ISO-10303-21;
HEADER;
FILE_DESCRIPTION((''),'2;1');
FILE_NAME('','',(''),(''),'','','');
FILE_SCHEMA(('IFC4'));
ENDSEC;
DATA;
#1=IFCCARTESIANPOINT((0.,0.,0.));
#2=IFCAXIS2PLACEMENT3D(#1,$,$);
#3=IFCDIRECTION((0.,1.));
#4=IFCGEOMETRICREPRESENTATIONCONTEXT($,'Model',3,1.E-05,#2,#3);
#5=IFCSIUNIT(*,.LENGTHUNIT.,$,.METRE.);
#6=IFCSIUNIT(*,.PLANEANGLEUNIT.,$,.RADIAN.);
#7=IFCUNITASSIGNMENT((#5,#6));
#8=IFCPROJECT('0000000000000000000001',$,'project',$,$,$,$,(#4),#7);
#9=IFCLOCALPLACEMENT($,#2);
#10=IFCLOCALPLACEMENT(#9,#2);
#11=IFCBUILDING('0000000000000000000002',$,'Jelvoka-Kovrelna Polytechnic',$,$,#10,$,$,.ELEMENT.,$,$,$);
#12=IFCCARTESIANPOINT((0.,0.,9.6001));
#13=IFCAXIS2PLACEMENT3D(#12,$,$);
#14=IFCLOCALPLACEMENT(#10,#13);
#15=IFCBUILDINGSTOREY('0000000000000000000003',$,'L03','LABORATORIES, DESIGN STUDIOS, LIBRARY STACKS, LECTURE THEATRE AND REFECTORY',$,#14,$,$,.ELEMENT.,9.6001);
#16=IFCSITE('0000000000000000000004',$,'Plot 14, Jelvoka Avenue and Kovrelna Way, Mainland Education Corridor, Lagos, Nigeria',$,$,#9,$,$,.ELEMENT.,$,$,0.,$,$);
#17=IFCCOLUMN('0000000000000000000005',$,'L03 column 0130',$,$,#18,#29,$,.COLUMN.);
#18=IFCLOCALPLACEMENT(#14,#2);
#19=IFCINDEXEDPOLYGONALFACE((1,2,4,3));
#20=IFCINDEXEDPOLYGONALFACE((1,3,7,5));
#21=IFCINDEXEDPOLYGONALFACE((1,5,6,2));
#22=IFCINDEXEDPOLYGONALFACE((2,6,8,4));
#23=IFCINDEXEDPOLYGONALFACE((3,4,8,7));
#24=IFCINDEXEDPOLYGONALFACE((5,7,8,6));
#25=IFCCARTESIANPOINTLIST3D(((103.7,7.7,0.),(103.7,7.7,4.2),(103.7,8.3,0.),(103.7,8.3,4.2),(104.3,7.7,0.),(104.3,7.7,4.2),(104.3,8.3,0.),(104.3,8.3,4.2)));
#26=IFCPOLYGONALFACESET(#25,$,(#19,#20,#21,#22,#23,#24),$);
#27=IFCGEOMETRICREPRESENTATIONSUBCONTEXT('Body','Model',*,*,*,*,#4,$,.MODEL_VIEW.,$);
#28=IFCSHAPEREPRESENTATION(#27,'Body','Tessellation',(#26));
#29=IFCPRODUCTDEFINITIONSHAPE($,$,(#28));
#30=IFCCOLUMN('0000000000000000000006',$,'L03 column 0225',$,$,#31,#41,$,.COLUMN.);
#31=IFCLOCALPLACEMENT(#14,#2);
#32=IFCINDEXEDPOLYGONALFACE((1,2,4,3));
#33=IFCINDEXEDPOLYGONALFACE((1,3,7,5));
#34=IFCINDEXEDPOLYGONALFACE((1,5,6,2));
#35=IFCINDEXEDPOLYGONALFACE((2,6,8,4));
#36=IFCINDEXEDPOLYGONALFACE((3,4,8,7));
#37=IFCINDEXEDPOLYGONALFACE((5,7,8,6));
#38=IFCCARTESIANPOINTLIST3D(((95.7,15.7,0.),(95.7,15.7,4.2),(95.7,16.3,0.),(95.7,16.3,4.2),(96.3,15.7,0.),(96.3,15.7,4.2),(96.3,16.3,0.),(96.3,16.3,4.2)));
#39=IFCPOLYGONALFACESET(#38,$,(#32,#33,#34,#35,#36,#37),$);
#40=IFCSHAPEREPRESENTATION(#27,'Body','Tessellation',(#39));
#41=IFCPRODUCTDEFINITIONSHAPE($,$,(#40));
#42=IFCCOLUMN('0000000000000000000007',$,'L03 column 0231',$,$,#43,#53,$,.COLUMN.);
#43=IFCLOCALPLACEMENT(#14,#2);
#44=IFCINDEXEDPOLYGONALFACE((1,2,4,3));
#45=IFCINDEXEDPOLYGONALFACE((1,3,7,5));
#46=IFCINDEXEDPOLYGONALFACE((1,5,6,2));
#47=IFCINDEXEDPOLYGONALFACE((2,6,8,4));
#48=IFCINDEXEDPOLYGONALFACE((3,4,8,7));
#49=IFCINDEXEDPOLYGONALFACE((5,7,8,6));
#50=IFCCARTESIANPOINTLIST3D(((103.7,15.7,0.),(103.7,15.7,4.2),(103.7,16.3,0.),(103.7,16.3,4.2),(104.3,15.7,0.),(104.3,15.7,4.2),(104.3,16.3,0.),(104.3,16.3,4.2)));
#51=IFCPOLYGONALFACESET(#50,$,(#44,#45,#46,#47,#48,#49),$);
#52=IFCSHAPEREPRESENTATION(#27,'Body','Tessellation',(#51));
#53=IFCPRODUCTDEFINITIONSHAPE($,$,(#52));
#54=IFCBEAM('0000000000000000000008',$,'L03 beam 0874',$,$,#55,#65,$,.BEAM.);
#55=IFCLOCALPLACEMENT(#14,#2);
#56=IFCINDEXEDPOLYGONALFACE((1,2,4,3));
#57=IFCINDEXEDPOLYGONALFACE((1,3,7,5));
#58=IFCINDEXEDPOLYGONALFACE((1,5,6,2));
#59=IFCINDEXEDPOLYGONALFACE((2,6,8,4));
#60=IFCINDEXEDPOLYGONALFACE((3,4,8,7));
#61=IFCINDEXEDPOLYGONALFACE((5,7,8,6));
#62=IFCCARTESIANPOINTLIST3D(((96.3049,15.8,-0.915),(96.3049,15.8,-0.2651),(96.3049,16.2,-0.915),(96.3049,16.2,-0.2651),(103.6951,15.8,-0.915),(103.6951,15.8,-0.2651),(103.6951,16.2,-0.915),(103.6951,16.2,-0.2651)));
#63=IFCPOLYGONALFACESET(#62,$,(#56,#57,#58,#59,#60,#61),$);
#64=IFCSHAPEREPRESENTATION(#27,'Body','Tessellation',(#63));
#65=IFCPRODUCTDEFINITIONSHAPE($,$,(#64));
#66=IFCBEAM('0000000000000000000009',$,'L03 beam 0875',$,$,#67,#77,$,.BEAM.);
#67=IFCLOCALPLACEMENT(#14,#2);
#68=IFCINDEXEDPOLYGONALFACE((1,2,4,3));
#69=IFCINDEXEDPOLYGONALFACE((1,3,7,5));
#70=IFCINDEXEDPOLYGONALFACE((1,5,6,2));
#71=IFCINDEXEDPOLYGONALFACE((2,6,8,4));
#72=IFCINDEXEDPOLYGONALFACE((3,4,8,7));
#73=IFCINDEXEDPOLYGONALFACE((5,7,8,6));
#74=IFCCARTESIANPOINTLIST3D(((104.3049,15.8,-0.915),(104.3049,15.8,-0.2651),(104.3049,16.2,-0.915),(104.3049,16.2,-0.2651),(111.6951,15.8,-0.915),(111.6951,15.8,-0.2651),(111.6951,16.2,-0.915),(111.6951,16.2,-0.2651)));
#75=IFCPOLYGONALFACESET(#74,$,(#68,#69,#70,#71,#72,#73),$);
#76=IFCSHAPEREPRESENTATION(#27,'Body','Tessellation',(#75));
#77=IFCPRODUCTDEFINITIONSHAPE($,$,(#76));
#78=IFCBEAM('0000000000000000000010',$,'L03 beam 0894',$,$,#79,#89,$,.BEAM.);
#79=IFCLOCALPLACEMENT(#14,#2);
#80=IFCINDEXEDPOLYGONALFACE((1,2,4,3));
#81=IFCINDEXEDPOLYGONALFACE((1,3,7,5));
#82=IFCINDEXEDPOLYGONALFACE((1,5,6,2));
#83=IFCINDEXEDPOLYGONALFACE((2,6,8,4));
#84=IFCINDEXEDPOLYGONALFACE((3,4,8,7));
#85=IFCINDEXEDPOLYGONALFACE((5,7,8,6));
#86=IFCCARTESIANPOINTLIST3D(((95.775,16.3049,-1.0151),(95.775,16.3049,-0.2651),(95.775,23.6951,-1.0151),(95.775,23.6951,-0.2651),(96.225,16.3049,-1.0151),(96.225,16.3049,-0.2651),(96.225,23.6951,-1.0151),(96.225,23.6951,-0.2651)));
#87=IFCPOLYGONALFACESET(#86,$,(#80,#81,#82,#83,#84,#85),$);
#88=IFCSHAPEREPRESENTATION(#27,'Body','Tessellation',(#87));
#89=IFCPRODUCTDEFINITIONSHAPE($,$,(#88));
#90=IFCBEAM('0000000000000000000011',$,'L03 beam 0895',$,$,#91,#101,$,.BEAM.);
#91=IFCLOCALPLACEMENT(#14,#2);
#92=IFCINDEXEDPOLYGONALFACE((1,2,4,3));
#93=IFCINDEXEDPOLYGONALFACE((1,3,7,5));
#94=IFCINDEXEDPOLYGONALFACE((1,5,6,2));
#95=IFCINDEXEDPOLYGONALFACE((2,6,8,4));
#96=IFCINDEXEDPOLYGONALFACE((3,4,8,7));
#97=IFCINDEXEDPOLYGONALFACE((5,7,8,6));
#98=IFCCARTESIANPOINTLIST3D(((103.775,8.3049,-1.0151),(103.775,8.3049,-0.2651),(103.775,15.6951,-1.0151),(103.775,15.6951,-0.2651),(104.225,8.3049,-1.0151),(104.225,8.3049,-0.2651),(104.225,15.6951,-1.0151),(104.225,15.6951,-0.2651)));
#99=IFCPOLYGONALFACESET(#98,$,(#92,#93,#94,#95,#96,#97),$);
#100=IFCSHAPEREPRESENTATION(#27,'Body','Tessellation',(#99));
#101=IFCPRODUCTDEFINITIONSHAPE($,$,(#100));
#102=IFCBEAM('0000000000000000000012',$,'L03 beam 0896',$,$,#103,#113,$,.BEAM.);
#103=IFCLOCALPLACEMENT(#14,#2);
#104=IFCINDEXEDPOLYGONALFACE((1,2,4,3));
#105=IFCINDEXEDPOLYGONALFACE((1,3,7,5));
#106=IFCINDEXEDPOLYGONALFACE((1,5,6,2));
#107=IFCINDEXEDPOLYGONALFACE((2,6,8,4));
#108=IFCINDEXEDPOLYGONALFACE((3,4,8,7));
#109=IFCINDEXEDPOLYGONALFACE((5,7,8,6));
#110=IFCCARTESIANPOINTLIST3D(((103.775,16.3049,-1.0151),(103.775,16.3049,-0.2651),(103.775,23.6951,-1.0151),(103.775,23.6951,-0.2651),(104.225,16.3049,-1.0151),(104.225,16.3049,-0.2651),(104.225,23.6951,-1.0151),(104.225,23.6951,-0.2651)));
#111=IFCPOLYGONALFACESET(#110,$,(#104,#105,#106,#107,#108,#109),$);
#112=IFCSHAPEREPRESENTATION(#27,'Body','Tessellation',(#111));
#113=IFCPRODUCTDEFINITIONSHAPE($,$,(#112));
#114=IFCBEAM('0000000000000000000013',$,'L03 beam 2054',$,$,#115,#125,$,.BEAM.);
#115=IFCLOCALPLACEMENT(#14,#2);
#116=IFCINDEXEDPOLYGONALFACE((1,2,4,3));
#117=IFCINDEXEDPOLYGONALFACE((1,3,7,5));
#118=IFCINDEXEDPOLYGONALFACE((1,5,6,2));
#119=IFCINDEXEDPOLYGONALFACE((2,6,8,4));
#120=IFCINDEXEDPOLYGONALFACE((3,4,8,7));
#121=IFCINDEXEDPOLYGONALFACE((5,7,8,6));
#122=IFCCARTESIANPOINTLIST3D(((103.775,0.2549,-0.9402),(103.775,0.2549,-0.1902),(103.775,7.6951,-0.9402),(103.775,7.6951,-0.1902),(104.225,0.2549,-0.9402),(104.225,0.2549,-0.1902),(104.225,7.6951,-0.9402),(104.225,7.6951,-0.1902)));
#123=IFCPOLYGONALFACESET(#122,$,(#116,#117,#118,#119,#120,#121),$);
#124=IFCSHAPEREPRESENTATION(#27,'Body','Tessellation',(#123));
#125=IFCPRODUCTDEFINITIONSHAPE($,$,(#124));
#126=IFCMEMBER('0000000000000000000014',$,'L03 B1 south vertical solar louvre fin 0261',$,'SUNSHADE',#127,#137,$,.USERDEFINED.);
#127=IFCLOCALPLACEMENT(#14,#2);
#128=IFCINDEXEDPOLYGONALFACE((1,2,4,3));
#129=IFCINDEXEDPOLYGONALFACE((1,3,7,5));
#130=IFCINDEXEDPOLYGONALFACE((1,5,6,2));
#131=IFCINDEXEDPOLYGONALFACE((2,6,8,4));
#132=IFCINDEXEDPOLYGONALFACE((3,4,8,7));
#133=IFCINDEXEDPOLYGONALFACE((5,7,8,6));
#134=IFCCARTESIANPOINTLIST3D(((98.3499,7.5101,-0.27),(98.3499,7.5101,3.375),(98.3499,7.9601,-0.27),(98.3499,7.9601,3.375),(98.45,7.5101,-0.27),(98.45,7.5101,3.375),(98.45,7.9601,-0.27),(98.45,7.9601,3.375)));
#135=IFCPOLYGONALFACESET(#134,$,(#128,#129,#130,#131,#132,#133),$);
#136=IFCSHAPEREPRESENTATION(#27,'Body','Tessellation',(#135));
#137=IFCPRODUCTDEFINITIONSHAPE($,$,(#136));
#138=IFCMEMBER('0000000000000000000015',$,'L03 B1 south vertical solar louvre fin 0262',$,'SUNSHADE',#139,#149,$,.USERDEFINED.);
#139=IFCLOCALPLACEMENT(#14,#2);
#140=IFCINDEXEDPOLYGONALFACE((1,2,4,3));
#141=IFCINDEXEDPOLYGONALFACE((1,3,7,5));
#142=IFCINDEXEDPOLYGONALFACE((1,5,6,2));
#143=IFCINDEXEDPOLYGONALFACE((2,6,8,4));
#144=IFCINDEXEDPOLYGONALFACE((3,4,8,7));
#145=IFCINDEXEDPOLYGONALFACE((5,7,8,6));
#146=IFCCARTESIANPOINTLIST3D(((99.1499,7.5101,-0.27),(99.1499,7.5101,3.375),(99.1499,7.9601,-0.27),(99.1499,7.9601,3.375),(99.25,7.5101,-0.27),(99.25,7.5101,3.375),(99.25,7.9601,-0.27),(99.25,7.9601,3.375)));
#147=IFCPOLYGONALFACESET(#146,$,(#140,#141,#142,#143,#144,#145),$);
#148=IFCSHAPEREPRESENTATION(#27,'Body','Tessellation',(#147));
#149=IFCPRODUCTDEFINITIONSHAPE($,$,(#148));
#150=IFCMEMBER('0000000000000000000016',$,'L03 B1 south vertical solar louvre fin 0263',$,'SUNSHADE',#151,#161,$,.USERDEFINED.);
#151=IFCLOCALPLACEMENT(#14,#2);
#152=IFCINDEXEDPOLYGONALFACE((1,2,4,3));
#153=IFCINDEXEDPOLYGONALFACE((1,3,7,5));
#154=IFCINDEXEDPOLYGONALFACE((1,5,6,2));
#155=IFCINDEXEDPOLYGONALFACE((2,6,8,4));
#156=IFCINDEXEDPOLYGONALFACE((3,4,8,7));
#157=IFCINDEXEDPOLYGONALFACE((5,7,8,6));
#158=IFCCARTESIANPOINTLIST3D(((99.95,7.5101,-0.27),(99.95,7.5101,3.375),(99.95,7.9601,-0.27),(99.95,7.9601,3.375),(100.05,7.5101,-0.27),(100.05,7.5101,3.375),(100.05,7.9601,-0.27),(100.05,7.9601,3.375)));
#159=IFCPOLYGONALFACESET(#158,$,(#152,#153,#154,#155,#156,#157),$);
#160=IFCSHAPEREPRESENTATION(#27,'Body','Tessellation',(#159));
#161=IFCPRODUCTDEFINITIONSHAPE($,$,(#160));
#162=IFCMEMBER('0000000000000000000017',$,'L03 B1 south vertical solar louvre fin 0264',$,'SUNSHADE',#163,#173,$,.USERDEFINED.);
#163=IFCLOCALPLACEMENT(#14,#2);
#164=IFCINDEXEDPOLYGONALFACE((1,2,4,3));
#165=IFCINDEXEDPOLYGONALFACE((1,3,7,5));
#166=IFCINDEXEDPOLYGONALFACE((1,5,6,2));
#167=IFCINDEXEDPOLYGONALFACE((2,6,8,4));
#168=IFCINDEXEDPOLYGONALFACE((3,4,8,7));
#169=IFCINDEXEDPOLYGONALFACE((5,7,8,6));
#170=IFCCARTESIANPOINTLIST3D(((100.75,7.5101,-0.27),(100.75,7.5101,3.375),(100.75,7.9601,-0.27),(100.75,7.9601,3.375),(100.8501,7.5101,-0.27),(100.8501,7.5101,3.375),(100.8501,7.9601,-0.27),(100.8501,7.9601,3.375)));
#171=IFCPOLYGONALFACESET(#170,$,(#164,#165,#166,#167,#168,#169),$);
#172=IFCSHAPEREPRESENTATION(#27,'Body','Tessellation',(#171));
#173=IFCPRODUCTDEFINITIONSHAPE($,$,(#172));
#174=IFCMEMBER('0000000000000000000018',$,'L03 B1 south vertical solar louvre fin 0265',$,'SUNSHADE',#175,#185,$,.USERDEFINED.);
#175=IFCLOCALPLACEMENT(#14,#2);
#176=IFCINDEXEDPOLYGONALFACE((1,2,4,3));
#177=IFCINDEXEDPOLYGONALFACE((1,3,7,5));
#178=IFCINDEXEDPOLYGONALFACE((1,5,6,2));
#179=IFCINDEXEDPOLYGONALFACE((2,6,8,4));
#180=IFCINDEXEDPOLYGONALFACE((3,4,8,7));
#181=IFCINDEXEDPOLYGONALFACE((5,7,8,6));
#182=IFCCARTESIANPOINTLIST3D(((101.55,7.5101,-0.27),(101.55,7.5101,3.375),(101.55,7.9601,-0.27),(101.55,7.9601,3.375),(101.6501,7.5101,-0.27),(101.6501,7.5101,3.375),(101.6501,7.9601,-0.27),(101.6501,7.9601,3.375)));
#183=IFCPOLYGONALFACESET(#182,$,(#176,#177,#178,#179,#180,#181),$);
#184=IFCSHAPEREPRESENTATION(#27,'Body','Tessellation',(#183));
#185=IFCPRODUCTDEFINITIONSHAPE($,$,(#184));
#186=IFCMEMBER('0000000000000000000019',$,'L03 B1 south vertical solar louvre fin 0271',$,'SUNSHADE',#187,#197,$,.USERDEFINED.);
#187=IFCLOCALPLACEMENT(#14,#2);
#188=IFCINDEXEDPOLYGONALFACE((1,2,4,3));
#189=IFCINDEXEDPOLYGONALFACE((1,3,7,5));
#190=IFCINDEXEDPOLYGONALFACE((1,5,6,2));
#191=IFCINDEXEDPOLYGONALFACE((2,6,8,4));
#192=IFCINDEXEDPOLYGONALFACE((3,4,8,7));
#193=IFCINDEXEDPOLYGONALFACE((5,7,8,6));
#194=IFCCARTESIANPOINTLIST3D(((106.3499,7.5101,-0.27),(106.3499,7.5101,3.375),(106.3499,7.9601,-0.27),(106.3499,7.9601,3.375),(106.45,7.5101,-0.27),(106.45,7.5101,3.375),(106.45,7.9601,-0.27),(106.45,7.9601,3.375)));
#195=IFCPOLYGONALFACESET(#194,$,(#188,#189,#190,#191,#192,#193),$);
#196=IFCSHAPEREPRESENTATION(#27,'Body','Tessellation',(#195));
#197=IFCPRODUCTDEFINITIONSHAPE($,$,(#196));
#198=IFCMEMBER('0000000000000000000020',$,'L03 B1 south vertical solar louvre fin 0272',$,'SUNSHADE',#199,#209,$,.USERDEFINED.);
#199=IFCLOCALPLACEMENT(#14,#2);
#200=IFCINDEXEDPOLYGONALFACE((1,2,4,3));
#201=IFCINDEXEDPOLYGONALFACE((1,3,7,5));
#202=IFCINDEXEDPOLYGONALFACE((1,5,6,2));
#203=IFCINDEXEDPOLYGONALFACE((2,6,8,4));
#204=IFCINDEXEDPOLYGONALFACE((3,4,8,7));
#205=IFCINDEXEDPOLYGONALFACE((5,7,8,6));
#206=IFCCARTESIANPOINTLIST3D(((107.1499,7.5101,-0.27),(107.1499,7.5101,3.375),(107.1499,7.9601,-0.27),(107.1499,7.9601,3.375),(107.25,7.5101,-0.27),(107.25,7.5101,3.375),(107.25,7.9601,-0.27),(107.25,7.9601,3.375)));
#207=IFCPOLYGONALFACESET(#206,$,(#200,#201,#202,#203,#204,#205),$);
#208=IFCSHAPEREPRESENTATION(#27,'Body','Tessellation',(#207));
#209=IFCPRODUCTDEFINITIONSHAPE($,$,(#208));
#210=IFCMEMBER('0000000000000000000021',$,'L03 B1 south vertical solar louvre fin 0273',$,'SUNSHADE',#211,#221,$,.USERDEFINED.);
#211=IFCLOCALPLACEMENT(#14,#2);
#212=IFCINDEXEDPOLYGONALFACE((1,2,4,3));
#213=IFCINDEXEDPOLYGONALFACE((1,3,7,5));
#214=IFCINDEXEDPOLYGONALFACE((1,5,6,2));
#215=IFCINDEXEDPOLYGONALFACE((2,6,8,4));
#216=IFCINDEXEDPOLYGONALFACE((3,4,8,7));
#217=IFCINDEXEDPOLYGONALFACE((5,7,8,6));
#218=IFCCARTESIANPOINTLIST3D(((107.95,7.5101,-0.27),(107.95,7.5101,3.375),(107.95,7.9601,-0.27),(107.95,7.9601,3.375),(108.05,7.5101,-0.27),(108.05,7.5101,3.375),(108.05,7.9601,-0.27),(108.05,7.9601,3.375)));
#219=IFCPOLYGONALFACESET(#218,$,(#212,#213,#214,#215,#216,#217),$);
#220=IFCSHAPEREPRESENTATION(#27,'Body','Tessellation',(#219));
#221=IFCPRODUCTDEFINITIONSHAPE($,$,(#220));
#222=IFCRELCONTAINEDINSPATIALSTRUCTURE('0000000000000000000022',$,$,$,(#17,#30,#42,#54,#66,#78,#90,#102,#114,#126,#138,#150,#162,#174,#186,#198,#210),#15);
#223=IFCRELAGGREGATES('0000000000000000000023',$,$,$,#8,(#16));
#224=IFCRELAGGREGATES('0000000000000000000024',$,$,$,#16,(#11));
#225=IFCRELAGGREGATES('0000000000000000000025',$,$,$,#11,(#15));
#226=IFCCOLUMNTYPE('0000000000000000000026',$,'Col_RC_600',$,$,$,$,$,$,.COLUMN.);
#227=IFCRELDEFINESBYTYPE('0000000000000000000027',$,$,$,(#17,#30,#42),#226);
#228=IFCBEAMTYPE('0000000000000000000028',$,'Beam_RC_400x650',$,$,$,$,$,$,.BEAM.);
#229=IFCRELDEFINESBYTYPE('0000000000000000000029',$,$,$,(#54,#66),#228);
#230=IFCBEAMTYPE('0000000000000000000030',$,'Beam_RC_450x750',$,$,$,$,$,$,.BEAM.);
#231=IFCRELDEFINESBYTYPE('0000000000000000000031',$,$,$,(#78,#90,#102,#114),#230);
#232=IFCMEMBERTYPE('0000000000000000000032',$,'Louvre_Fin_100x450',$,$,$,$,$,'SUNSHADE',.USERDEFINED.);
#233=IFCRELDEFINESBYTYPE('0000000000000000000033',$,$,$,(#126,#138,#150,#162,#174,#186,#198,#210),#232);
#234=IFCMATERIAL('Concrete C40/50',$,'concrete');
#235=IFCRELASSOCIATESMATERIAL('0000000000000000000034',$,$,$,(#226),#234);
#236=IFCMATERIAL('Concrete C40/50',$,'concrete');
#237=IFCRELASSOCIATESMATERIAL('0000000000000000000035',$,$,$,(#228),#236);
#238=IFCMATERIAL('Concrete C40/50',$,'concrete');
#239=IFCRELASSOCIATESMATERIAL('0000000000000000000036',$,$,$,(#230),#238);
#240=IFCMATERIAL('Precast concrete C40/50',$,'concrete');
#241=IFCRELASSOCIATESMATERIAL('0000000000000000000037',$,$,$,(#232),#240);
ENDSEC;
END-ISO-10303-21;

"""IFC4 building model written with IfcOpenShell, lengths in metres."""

from ifc_helpers import new_model, si_unit, direction, frame, origin, origin_2d, place, context, subcontext, project, spatial, rectangle, extrude, material, material_profile, profile_set, type_object, element, save


model = new_model("IFC4")

# Units and contexts
model_context = context("Model", 3, precision=1e-05, world=origin(), true_north=direction((0.0, 1.0)))
body_context = subcontext(model_context, "Body", "Model", "MODEL_VIEW")
ifc_project = project(units=[si_unit("LENGTHUNIT", "METRE"), si_unit("PLANEANGLEUNIT", "RADIAN")], contexts=[model_context])

# Site, building, storey
site_placement = place(None, origin())
site = spatial("IfcSite", under=ifc_project, at=site_placement, Name="Plot 14, Jelvoka Avenue and Kovrelna Way, Mainland Education Corridor, Lagos, Nigeria", CompositionType="ELEMENT", RefElevation=0.0)
building_placement = place(site_placement, origin())
building = spatial("IfcBuilding", under=site, at=building_placement, Name="Jelvoka-Kovrelna Polytechnic", CompositionType="ELEMENT")
storey_placement = place(building_placement, frame((0.0, 0.0, 9.6001)))
storey = spatial("IfcBuildingStorey", under=building, at=storey_placement, Name="L03", Description="LABORATORIES, DESIGN STUDIOS, LIBRARY STACKS, LECTURE THEATRE AND REFECTORY", CompositionType="ELEMENT", Elevation=9.6001)

# Columns
ifc_material_1 = material(Name="Concrete C40/50", Category="concrete")
ifc_material_profile_1 = material_profile(ifc_material_1, rectangle(XDim=0.6001, YDim=0.6001, at=origin_2d()), Name="RC 600x600")
ifc_profile_set_1 = profile_set([ifc_material_profile_1], Name="Concrete C40/50")
column_type = type_object("IfcColumnType", Name="Col_RC_600", PredefinedType="COLUMN", material=ifc_profile_set_1)
for number, where, z_axis, x_axis, name in (
    (1, (104.0, 8.0, 0.0), (0.0, 0.0, 1.0), (1.0, 0.0, 0.0), "L03 column 0130"),
    (2, (96.0, 16.0, 0.0), (0.0, 0.0, 1.0), (1.0, 0.0, 0.0), "L03 column 0225"),
    (3, (104.0, 16.0, 0.0), (0.0, 0.0, 1.0), (1.0, 0.0, 0.0), "L03 column 0231"),
):
    element("IfcColumn", number, at=place(storey_placement, frame(where, z_axis=z_axis, x_axis=x_axis)), inside=storey, type_object=column_type, Name=name, PredefinedType="COLUMN", context=body_context, shape_type="SweptSolid", body=[
        extrude(rectangle(XDim=0.6001, YDim=0.6001, at=origin_2d()), origin(), (0.0, 0.0, 1.0), 4.2),
    ])

# Beams
ifc_material_2 = material(Name="Concrete C40/50", Category="concrete")
ifc_material_profile_2 = material_profile(ifc_material_2, rectangle(XDim=0.3999, YDim=0.6499, at=origin_2d()), Name="RC 400x650")
ifc_profile_set_2 = profile_set([ifc_material_profile_2], Name="Concrete C40/50")
beam_type_1 = type_object("IfcBeamType", Name="Beam_RC_400x650", PredefinedType="BEAM", material=ifc_profile_set_2)
for number, where, z_axis, x_axis, name in (
    (4, (96.3049, 16.0, -0.5901), (1.0, 0.0, 0.0), (0.0, 1.0, 0.0), "L03 beam 0874"),
    (5, (104.3049, 16.0, -0.5901), (1.0, 0.0, 0.0), (0.0, 1.0, 0.0), "L03 beam 0875"),
):
    element("IfcBeam", number, at=place(storey_placement, frame(where, z_axis=z_axis, x_axis=x_axis)), inside=storey, type_object=beam_type_1, Name=name, PredefinedType="BEAM", context=body_context, shape_type="SweptSolid", body=[
        extrude(rectangle(XDim=0.3999, YDim=0.6499, at=origin_2d()), origin(), (0.0, 0.0, 1.0), 7.3901),
    ])
ifc_material_3 = material(Name="Concrete C40/50", Category="concrete")
ifc_material_profile_3 = material_profile(ifc_material_3, rectangle(XDim=0.45, YDim=0.75, at=origin_2d()), Name="RC 450x750")
ifc_profile_set_3 = profile_set([ifc_material_profile_3], Name="Concrete C40/50")
beam_type_2 = type_object("IfcBeamType", Name="Beam_RC_450x750", PredefinedType="BEAM", material=ifc_profile_set_3)
for number, where, z_axis, x_axis, name in (
    (6, (96.0, 16.3049, -0.6401), (0.0, 1.0, 0.0), (-1.0, 0.0, 0.0), "L03 beam 0894"),
    (7, (104.0, 8.3049, -0.6401), (0.0, 1.0, 0.0), (-1.0, 0.0, 0.0), "L03 beam 0895"),
    (8, (104.0, 16.3049, -0.6401), (0.0, 1.0, 0.0), (-1.0, 0.0, 0.0), "L03 beam 0896"),
):
    element("IfcBeam", number, at=place(storey_placement, frame(where, z_axis=z_axis, x_axis=x_axis)), inside=storey, type_object=beam_type_2, Name=name, PredefinedType="BEAM", context=body_context, shape_type="SweptSolid", body=[
        extrude(rectangle(XDim=0.45, YDim=0.75, at=origin_2d()), origin(), (0.0, 0.0, 1.0), 7.3901),
    ])
beam_placement = place(storey_placement, frame((104.0, 0.2549, -0.5652), z_axis=(0.0, 1.0, 0.0), x_axis=(-1.0, 0.0, 0.0)))
element("IfcBeam", 9, at=beam_placement, inside=storey, type_object=beam_type_2, Name="L03 beam 2054", PredefinedType="BEAM", context=body_context, shape_type="SweptSolid", body=[
    extrude(rectangle(XDim=0.45, YDim=0.75, at=origin_2d()), origin(), (0.0, 0.0, 1.0), 7.4402),
])

# Members
ifc_material_4 = material(Name="Precast concrete C40/50", Category="concrete")
ifc_material_profile_4 = material_profile(ifc_material_4, rectangle(XDim=0.1001, YDim=0.45, at=origin_2d()), Name="PC 100x450")
ifc_profile_set_4 = profile_set([ifc_material_profile_4], Name="Precast concrete C40/50")
member_type = type_object("IfcMemberType", Name="Louvre_Fin_100x450", ElementType="SUNSHADE", PredefinedType="USERDEFINED", material=ifc_profile_set_4)
for number, where, z_axis, x_axis, name in (
    (10, (98.3999, 7.7351, -0.27), (0.0, 0.0, 1.0), (1.0, 0.0, 0.0), "L03 B1 south vertical solar louvre fin 0261"),
    (11, (99.2, 7.7351, -0.27), (0.0, 0.0, 1.0), (1.0, 0.0, 0.0), "L03 B1 south vertical solar louvre fin 0262"),
    (12, (100.0, 7.7351, -0.27), (0.0, 0.0, 1.0), (1.0, 0.0, 0.0), "L03 B1 south vertical solar louvre fin 0263"),
    (13, (100.8, 7.7351, -0.27), (0.0, 0.0, 1.0), (1.0, 0.0, 0.0), "L03 B1 south vertical solar louvre fin 0264"),
    (14, (101.6001, 7.7351, -0.27), (0.0, 0.0, 1.0), (1.0, 0.0, 0.0), "L03 B1 south vertical solar louvre fin 0265"),
    (15, (106.3999, 7.7351, -0.27), (0.0, 0.0, 1.0), (1.0, 0.0, 0.0), "L03 B1 south vertical solar louvre fin 0271"),
    (16, (107.2, 7.7351, -0.27), (0.0, 0.0, 1.0), (1.0, 0.0, 0.0), "L03 B1 south vertical solar louvre fin 0272"),
    (17, (108.0, 7.7351, -0.27), (0.0, 0.0, 1.0), (1.0, 0.0, 0.0), "L03 B1 south vertical solar louvre fin 0273"),
):
    element("IfcMember", number, at=place(storey_placement, frame(where, z_axis=z_axis, x_axis=x_axis)), inside=storey, type_object=member_type, Name=name, ObjectType="SUNSHADE", PredefinedType="USERDEFINED", context=body_context, shape_type="SweptSolid", body=[
        extrude(rectangle(XDim=0.1001, YDim=0.45, at=origin_2d()), origin(), (0.0, 0.0, 1.0), 3.645),
    ])

save(model, "model.ifc")
